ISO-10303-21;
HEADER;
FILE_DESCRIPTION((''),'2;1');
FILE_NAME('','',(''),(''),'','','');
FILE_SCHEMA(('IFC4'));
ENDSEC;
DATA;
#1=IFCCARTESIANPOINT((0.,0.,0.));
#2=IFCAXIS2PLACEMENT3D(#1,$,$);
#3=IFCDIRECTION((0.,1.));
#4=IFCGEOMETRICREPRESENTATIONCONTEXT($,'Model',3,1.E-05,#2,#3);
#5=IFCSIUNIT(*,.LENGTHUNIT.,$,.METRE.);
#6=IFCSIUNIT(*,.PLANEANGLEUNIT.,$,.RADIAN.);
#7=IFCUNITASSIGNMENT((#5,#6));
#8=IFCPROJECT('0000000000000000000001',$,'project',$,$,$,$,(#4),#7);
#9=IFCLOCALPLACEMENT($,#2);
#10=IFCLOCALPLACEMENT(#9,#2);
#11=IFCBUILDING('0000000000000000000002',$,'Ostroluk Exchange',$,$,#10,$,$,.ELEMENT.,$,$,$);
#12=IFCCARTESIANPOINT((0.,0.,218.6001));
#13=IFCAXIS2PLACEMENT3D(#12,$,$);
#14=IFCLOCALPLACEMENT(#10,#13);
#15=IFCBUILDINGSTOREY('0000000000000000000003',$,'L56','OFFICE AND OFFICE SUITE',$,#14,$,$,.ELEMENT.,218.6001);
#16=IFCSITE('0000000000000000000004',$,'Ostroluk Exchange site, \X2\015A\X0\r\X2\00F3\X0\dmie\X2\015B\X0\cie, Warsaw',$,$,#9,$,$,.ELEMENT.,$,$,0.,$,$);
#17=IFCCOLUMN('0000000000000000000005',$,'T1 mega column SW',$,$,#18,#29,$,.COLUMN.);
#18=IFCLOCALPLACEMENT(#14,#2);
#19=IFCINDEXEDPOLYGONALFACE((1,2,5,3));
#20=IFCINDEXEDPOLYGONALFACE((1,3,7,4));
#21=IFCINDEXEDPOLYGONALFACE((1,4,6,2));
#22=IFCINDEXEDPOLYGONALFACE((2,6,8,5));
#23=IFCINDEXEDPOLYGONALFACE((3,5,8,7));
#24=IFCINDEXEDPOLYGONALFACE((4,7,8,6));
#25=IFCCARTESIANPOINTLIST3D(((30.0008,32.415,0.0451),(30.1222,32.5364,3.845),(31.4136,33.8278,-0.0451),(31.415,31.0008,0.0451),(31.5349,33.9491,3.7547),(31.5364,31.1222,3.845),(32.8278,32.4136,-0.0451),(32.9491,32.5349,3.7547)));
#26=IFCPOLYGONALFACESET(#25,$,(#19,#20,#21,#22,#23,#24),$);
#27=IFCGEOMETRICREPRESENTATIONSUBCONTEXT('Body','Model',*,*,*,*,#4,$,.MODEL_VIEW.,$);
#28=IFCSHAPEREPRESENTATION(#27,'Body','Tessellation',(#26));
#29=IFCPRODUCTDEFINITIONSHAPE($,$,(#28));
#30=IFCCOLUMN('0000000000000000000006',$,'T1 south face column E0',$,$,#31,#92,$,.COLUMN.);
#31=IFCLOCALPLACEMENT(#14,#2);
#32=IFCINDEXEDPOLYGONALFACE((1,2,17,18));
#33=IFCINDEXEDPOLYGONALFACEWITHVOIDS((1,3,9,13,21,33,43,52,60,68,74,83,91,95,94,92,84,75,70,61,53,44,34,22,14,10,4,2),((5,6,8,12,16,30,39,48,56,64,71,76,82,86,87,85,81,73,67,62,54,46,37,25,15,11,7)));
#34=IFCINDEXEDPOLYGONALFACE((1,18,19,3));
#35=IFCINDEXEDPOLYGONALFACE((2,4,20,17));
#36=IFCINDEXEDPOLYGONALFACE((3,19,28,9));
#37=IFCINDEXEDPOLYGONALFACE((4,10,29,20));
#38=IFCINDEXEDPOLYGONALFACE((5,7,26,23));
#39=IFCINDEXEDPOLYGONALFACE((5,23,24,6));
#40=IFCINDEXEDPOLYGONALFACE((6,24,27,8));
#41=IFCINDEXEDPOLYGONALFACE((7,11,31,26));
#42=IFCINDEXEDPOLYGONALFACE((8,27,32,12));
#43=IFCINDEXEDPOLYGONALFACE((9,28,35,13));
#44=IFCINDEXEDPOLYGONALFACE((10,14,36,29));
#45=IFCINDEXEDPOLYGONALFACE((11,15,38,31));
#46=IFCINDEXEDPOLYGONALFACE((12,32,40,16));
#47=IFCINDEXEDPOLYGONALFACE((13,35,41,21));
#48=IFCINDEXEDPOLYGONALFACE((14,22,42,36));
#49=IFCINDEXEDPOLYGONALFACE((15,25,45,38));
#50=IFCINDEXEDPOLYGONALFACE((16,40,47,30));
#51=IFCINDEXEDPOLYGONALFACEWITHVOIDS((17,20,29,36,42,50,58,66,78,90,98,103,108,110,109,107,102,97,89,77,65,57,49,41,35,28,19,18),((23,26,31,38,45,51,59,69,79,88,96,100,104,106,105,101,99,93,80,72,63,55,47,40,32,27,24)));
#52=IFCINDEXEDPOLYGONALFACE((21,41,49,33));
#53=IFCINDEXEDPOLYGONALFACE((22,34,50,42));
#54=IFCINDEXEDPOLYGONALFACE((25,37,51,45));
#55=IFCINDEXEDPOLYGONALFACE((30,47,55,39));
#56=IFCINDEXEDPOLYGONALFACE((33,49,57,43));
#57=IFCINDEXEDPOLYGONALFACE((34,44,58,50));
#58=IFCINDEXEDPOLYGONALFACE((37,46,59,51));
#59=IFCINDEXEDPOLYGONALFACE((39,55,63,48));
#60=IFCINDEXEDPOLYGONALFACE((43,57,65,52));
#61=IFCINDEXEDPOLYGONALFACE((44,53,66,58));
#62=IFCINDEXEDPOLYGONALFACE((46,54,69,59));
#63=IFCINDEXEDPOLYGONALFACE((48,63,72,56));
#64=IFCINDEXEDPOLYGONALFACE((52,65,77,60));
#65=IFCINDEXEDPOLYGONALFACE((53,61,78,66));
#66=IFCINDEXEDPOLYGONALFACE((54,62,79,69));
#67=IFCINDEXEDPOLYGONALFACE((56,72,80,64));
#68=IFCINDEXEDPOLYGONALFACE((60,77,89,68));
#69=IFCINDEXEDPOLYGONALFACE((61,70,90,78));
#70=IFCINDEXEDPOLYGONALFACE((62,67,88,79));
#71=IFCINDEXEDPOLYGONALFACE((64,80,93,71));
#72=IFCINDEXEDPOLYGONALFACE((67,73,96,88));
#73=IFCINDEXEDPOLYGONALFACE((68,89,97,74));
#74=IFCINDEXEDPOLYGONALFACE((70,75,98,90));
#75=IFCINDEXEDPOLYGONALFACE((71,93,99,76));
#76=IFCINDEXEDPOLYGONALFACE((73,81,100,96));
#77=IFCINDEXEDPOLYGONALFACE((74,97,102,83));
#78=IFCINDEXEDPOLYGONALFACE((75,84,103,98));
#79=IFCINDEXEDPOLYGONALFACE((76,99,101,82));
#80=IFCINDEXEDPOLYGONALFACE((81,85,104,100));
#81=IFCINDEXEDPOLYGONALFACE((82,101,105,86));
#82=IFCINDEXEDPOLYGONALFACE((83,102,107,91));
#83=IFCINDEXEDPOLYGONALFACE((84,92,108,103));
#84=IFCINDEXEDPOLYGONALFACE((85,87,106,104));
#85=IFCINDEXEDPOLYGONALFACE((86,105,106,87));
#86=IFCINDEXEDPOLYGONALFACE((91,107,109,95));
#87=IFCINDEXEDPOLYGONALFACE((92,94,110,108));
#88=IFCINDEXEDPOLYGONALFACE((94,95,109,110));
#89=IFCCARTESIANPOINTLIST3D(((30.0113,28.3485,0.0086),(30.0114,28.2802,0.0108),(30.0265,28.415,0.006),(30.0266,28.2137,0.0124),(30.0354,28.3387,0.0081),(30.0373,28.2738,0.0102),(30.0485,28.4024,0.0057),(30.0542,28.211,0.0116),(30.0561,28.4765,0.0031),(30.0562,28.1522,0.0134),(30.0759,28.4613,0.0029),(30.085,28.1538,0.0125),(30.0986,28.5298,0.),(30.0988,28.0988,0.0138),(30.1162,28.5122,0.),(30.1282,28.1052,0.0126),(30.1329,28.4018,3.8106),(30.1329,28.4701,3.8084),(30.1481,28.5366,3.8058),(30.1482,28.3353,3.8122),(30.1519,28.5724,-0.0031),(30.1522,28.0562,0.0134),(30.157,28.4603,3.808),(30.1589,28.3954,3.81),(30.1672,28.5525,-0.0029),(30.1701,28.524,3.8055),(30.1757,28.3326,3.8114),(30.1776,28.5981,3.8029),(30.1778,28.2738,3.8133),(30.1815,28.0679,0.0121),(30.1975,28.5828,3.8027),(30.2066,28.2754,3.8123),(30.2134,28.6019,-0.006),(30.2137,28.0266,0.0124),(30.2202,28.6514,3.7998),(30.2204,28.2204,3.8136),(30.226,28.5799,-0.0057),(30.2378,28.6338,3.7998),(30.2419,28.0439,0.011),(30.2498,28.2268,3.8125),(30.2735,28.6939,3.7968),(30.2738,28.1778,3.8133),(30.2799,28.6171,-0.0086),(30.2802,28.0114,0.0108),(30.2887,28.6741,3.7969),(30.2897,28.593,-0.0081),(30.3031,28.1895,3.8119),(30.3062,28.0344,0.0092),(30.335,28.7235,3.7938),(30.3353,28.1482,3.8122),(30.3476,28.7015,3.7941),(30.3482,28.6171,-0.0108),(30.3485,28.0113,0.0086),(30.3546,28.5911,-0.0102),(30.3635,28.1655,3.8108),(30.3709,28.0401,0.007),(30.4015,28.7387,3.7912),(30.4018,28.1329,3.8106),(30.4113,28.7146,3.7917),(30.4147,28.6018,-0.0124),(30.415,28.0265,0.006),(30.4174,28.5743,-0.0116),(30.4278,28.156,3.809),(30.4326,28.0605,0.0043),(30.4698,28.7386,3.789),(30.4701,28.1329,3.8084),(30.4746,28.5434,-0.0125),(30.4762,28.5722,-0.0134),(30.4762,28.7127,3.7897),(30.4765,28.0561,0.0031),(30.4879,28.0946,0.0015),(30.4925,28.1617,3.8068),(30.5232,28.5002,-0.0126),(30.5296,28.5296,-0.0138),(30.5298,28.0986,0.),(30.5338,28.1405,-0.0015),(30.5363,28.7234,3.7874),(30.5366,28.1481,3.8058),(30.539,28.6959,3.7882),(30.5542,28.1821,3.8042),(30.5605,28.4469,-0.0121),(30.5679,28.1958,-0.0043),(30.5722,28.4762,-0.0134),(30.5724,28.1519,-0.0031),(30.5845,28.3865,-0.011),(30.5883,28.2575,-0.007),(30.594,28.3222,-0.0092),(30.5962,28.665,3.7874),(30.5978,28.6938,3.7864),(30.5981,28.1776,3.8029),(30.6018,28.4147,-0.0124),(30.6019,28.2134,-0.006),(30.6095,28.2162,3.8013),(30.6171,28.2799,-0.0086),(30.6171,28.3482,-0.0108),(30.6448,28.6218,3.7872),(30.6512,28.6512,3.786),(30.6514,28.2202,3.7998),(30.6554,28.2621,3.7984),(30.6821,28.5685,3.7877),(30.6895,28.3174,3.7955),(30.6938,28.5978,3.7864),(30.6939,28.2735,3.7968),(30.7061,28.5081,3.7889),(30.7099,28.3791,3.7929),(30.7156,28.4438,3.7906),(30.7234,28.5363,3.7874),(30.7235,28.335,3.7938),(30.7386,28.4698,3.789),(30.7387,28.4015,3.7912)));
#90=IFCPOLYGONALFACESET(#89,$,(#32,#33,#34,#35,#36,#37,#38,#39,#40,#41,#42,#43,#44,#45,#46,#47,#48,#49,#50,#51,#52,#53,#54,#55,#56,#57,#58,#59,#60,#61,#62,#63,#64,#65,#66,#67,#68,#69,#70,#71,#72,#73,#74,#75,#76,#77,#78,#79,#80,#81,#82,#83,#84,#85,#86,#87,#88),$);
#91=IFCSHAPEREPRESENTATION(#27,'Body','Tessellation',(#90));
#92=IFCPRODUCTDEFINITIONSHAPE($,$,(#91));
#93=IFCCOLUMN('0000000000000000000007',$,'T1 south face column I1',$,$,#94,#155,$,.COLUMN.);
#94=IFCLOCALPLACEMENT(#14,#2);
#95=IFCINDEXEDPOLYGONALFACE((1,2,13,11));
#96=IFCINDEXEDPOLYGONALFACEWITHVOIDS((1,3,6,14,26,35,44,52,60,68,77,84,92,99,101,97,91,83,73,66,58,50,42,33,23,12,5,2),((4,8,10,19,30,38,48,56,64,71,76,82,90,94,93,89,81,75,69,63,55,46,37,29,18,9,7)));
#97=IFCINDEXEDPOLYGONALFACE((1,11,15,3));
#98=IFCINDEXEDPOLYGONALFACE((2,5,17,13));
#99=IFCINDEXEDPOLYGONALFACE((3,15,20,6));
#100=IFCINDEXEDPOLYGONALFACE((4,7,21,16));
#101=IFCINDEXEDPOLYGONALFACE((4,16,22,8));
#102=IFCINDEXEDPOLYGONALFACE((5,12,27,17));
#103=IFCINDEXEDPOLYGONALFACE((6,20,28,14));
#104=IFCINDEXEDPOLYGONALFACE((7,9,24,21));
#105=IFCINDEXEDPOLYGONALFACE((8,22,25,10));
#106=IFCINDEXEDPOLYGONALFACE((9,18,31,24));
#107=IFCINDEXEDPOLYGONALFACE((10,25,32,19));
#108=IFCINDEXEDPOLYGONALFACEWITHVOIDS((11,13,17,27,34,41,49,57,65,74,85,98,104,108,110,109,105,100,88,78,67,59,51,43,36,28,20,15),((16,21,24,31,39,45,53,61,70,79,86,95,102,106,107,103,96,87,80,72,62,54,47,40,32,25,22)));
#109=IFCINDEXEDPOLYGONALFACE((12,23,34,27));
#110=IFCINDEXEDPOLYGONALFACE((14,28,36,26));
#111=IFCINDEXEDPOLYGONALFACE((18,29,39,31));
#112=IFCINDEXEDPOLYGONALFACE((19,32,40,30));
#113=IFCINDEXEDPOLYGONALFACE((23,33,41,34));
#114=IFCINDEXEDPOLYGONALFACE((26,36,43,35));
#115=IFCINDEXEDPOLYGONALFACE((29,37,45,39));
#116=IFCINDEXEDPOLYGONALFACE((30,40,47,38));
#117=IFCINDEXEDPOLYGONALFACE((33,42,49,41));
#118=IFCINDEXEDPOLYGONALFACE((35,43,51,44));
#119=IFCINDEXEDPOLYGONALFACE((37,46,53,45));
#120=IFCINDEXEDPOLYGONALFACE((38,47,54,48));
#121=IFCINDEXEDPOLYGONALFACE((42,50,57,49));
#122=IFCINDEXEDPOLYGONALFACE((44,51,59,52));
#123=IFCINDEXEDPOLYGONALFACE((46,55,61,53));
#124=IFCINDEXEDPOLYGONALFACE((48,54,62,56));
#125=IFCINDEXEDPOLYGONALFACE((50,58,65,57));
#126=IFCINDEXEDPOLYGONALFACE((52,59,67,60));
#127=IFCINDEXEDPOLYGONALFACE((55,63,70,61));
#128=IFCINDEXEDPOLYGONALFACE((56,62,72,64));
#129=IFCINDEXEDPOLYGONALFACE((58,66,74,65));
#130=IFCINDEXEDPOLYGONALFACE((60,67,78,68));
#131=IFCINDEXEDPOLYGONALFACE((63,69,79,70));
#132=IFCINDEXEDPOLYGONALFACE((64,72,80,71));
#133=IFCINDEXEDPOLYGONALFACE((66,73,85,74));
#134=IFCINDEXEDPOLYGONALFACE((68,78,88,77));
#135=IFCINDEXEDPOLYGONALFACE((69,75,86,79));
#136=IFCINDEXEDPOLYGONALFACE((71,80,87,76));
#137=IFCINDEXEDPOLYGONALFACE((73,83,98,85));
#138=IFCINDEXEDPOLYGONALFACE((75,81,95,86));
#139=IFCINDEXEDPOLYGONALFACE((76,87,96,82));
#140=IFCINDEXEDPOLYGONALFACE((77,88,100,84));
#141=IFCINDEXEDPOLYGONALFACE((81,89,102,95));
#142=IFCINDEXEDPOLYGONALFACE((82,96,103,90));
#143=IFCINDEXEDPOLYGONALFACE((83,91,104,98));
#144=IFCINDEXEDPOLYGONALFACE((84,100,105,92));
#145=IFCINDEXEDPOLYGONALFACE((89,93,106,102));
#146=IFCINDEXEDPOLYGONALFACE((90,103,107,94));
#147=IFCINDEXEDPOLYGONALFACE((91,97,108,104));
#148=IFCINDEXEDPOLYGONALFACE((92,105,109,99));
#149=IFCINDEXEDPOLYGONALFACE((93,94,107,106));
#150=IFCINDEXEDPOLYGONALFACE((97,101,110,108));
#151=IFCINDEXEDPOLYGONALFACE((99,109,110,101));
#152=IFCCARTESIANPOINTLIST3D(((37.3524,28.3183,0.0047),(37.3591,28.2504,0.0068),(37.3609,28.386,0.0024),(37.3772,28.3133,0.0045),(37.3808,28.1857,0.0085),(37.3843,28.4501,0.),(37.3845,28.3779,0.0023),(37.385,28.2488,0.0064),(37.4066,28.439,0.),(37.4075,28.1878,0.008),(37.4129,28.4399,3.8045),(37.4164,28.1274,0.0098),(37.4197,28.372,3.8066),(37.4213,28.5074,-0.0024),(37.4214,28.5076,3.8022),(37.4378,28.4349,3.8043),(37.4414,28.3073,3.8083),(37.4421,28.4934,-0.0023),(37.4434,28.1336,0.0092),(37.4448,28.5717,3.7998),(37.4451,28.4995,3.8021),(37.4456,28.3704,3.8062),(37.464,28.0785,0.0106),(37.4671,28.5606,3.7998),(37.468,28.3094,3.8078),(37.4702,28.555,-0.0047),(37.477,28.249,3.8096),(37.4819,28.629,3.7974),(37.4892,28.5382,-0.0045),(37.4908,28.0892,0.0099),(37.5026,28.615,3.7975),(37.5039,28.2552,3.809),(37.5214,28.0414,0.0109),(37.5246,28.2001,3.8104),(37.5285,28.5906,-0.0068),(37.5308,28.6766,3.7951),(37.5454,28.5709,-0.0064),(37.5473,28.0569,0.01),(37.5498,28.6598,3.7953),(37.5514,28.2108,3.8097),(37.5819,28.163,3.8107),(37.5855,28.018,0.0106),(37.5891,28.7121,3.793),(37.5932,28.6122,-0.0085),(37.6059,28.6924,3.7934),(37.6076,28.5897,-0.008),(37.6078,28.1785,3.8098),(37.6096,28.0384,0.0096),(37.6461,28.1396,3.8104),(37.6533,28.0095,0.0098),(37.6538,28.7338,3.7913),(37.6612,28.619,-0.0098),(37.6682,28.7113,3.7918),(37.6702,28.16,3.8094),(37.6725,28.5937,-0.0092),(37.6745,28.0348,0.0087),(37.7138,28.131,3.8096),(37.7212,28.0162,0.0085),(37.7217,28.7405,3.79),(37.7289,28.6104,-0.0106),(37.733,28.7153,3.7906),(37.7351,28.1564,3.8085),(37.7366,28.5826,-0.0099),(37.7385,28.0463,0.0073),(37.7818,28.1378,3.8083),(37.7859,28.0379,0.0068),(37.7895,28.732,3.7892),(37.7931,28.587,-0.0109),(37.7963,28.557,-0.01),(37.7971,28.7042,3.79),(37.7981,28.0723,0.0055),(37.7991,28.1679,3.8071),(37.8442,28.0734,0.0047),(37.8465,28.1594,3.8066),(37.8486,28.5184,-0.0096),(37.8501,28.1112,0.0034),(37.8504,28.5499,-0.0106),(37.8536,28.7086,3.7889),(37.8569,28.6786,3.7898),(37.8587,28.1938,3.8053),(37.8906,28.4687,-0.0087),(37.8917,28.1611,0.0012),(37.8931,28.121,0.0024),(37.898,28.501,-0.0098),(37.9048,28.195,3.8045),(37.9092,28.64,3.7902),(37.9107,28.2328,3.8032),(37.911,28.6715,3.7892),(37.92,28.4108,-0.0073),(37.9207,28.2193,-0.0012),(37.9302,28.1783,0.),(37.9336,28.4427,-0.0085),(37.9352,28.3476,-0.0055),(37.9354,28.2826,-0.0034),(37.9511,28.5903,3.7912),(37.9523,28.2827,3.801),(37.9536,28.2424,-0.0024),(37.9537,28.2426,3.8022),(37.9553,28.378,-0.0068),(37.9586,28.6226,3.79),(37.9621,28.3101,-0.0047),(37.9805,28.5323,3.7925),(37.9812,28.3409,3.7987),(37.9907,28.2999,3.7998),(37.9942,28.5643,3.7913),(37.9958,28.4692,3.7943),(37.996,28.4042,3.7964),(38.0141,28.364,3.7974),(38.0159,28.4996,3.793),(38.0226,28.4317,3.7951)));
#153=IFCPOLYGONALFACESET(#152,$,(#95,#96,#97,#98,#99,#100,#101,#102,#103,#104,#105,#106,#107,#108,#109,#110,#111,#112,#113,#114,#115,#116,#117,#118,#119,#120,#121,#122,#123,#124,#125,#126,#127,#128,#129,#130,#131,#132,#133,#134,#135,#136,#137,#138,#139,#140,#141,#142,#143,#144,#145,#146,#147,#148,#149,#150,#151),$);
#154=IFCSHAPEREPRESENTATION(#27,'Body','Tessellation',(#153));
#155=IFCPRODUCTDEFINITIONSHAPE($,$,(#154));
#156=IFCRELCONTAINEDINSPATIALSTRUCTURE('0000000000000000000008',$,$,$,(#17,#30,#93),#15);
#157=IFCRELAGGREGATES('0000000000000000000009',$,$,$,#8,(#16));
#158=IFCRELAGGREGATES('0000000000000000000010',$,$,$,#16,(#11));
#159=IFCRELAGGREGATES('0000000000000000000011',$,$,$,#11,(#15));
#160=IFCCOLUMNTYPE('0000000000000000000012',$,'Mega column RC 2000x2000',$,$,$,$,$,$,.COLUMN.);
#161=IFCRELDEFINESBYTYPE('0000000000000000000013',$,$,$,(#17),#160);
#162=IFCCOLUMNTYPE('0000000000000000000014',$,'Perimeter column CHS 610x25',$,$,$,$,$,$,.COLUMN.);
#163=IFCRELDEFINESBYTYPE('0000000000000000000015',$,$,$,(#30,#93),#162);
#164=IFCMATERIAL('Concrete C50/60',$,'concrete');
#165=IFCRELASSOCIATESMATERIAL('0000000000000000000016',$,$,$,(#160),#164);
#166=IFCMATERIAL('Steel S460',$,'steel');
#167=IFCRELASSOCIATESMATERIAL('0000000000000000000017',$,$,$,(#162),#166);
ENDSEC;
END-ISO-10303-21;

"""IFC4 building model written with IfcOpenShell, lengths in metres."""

from ifc_helpers import new_model, si_unit, direction, frame, origin, origin_2d, place, context, subcontext, project, spatial, rectangle, hollow_circle, extrude, material, material_profile, profile_set, type_object, element, save


model = new_model("IFC4")

# Units and contexts
model_context = context("Model", 3, precision=1e-05, world=origin(), true_north=direction((0.0, 1.0)))
body_context = subcontext(model_context, "Body", "Model", "MODEL_VIEW")
ifc_project = project(units=[si_unit("LENGTHUNIT", "METRE"), si_unit("PLANEANGLEUNIT", "RADIAN")], contexts=[model_context])

# Site, building, storey
site_placement = place(None, origin())
site = spatial("IfcSite", under=ifc_project, at=site_placement, Name="Ostroluk Exchange site, Śródmieście, Warsaw", CompositionType="ELEMENT", RefElevation=0.0)
building_placement = place(site_placement, origin())
building = spatial("IfcBuilding", under=site, at=building_placement, Name="Ostroluk Exchange", CompositionType="ELEMENT")
storey_placement = place(building_placement, frame((0.0, 0.0, 218.6001)))
storey = spatial("IfcBuildingStorey", under=building, at=storey_placement, Name="L56", Description="OFFICE AND OFFICE SUITE", CompositionType="ELEMENT", Elevation=218.6001)

# Columns
ifc_material_1 = material(Name="Concrete C50/60", Category="concrete")
ifc_material_profile_1 = material_profile(ifc_material_1, rectangle(XDim=2.0, YDim=2.0, at=origin_2d()), Name="RC 2000x2000")
ifc_profile_set_1 = profile_set([ifc_material_profile_1], Name="Concrete C50/60")
column_type_1 = type_object("IfcColumnType", Name="Mega column RC 2000x2000", PredefinedType="COLUMN", material=ifc_profile_set_1)
column_1_placement = place(storey_placement, frame((31.4143, 32.4143, 0.0), z_axis=(0.0319, 0.0319, 0.998982), x_axis=(-0.707107, 0.707107, 0.0)))
element("IfcColumn", 1, at=column_1_placement, inside=storey, type_object=column_type_1, Name="T1 mega column SW", PredefinedType="COLUMN", context=body_context, shape_type="SweptSolid", body=[
    extrude(rectangle(XDim=2.0, YDim=2.0, at=origin_2d()), origin(), (0.0, 0.0, 1.0), 3.8037),
])
ifc_material_2 = material(Name="Steel S460", Category="steel")
ifc_material_profile_2 = material_profile(ifc_material_2, hollow_circle(Radius=0.3049, WallThickness=0.0249, at=origin_2d()), Name="CHS 610x25")
ifc_profile_set_2 = profile_set([ifc_material_profile_2], Name="Steel S460")
column_type_2 = type_object("IfcColumnType", Name="Perimeter column CHS 610x25", PredefinedType="COLUMN", material=ifc_profile_set_2)
column_2_placement = place(storey_placement, frame((30.3142, 28.3142, 0.0), z_axis=(0.031964, 0.031964, 0.998978), x_axis=(-0.707107, 0.707107, 0.0)))
element("IfcColumn", 2, at=column_2_placement, inside=storey, type_object=column_type_2, Name="T1 south face column E0", PredefinedType="COLUMN", context=body_context, shape_type="SweptSolid", body=[
    extrude(hollow_circle(Radius=0.3049, WallThickness=0.0249, at=origin_2d()), origin(), (0.0, 0.0, 1.0), 3.8037),
])
column_3_placement = place(storey_placement, frame((37.6572, 28.3142, 0.0), z_axis=(0.015924, 0.031976, 0.999362), x_axis=(-0.895145, 0.445775, 0.0)))
element("IfcColumn", 3, at=column_3_placement, inside=storey, type_object=column_type_2, Name="T1 south face column I1", PredefinedType="COLUMN", context=body_context, shape_type="SweptSolid", body=[
    extrude(hollow_circle(Radius=0.3049, WallThickness=0.0249, at=origin_2d()), origin(), (0.0, 0.0, 1.0), 3.8022),
])

save(model, "model.ifc")
